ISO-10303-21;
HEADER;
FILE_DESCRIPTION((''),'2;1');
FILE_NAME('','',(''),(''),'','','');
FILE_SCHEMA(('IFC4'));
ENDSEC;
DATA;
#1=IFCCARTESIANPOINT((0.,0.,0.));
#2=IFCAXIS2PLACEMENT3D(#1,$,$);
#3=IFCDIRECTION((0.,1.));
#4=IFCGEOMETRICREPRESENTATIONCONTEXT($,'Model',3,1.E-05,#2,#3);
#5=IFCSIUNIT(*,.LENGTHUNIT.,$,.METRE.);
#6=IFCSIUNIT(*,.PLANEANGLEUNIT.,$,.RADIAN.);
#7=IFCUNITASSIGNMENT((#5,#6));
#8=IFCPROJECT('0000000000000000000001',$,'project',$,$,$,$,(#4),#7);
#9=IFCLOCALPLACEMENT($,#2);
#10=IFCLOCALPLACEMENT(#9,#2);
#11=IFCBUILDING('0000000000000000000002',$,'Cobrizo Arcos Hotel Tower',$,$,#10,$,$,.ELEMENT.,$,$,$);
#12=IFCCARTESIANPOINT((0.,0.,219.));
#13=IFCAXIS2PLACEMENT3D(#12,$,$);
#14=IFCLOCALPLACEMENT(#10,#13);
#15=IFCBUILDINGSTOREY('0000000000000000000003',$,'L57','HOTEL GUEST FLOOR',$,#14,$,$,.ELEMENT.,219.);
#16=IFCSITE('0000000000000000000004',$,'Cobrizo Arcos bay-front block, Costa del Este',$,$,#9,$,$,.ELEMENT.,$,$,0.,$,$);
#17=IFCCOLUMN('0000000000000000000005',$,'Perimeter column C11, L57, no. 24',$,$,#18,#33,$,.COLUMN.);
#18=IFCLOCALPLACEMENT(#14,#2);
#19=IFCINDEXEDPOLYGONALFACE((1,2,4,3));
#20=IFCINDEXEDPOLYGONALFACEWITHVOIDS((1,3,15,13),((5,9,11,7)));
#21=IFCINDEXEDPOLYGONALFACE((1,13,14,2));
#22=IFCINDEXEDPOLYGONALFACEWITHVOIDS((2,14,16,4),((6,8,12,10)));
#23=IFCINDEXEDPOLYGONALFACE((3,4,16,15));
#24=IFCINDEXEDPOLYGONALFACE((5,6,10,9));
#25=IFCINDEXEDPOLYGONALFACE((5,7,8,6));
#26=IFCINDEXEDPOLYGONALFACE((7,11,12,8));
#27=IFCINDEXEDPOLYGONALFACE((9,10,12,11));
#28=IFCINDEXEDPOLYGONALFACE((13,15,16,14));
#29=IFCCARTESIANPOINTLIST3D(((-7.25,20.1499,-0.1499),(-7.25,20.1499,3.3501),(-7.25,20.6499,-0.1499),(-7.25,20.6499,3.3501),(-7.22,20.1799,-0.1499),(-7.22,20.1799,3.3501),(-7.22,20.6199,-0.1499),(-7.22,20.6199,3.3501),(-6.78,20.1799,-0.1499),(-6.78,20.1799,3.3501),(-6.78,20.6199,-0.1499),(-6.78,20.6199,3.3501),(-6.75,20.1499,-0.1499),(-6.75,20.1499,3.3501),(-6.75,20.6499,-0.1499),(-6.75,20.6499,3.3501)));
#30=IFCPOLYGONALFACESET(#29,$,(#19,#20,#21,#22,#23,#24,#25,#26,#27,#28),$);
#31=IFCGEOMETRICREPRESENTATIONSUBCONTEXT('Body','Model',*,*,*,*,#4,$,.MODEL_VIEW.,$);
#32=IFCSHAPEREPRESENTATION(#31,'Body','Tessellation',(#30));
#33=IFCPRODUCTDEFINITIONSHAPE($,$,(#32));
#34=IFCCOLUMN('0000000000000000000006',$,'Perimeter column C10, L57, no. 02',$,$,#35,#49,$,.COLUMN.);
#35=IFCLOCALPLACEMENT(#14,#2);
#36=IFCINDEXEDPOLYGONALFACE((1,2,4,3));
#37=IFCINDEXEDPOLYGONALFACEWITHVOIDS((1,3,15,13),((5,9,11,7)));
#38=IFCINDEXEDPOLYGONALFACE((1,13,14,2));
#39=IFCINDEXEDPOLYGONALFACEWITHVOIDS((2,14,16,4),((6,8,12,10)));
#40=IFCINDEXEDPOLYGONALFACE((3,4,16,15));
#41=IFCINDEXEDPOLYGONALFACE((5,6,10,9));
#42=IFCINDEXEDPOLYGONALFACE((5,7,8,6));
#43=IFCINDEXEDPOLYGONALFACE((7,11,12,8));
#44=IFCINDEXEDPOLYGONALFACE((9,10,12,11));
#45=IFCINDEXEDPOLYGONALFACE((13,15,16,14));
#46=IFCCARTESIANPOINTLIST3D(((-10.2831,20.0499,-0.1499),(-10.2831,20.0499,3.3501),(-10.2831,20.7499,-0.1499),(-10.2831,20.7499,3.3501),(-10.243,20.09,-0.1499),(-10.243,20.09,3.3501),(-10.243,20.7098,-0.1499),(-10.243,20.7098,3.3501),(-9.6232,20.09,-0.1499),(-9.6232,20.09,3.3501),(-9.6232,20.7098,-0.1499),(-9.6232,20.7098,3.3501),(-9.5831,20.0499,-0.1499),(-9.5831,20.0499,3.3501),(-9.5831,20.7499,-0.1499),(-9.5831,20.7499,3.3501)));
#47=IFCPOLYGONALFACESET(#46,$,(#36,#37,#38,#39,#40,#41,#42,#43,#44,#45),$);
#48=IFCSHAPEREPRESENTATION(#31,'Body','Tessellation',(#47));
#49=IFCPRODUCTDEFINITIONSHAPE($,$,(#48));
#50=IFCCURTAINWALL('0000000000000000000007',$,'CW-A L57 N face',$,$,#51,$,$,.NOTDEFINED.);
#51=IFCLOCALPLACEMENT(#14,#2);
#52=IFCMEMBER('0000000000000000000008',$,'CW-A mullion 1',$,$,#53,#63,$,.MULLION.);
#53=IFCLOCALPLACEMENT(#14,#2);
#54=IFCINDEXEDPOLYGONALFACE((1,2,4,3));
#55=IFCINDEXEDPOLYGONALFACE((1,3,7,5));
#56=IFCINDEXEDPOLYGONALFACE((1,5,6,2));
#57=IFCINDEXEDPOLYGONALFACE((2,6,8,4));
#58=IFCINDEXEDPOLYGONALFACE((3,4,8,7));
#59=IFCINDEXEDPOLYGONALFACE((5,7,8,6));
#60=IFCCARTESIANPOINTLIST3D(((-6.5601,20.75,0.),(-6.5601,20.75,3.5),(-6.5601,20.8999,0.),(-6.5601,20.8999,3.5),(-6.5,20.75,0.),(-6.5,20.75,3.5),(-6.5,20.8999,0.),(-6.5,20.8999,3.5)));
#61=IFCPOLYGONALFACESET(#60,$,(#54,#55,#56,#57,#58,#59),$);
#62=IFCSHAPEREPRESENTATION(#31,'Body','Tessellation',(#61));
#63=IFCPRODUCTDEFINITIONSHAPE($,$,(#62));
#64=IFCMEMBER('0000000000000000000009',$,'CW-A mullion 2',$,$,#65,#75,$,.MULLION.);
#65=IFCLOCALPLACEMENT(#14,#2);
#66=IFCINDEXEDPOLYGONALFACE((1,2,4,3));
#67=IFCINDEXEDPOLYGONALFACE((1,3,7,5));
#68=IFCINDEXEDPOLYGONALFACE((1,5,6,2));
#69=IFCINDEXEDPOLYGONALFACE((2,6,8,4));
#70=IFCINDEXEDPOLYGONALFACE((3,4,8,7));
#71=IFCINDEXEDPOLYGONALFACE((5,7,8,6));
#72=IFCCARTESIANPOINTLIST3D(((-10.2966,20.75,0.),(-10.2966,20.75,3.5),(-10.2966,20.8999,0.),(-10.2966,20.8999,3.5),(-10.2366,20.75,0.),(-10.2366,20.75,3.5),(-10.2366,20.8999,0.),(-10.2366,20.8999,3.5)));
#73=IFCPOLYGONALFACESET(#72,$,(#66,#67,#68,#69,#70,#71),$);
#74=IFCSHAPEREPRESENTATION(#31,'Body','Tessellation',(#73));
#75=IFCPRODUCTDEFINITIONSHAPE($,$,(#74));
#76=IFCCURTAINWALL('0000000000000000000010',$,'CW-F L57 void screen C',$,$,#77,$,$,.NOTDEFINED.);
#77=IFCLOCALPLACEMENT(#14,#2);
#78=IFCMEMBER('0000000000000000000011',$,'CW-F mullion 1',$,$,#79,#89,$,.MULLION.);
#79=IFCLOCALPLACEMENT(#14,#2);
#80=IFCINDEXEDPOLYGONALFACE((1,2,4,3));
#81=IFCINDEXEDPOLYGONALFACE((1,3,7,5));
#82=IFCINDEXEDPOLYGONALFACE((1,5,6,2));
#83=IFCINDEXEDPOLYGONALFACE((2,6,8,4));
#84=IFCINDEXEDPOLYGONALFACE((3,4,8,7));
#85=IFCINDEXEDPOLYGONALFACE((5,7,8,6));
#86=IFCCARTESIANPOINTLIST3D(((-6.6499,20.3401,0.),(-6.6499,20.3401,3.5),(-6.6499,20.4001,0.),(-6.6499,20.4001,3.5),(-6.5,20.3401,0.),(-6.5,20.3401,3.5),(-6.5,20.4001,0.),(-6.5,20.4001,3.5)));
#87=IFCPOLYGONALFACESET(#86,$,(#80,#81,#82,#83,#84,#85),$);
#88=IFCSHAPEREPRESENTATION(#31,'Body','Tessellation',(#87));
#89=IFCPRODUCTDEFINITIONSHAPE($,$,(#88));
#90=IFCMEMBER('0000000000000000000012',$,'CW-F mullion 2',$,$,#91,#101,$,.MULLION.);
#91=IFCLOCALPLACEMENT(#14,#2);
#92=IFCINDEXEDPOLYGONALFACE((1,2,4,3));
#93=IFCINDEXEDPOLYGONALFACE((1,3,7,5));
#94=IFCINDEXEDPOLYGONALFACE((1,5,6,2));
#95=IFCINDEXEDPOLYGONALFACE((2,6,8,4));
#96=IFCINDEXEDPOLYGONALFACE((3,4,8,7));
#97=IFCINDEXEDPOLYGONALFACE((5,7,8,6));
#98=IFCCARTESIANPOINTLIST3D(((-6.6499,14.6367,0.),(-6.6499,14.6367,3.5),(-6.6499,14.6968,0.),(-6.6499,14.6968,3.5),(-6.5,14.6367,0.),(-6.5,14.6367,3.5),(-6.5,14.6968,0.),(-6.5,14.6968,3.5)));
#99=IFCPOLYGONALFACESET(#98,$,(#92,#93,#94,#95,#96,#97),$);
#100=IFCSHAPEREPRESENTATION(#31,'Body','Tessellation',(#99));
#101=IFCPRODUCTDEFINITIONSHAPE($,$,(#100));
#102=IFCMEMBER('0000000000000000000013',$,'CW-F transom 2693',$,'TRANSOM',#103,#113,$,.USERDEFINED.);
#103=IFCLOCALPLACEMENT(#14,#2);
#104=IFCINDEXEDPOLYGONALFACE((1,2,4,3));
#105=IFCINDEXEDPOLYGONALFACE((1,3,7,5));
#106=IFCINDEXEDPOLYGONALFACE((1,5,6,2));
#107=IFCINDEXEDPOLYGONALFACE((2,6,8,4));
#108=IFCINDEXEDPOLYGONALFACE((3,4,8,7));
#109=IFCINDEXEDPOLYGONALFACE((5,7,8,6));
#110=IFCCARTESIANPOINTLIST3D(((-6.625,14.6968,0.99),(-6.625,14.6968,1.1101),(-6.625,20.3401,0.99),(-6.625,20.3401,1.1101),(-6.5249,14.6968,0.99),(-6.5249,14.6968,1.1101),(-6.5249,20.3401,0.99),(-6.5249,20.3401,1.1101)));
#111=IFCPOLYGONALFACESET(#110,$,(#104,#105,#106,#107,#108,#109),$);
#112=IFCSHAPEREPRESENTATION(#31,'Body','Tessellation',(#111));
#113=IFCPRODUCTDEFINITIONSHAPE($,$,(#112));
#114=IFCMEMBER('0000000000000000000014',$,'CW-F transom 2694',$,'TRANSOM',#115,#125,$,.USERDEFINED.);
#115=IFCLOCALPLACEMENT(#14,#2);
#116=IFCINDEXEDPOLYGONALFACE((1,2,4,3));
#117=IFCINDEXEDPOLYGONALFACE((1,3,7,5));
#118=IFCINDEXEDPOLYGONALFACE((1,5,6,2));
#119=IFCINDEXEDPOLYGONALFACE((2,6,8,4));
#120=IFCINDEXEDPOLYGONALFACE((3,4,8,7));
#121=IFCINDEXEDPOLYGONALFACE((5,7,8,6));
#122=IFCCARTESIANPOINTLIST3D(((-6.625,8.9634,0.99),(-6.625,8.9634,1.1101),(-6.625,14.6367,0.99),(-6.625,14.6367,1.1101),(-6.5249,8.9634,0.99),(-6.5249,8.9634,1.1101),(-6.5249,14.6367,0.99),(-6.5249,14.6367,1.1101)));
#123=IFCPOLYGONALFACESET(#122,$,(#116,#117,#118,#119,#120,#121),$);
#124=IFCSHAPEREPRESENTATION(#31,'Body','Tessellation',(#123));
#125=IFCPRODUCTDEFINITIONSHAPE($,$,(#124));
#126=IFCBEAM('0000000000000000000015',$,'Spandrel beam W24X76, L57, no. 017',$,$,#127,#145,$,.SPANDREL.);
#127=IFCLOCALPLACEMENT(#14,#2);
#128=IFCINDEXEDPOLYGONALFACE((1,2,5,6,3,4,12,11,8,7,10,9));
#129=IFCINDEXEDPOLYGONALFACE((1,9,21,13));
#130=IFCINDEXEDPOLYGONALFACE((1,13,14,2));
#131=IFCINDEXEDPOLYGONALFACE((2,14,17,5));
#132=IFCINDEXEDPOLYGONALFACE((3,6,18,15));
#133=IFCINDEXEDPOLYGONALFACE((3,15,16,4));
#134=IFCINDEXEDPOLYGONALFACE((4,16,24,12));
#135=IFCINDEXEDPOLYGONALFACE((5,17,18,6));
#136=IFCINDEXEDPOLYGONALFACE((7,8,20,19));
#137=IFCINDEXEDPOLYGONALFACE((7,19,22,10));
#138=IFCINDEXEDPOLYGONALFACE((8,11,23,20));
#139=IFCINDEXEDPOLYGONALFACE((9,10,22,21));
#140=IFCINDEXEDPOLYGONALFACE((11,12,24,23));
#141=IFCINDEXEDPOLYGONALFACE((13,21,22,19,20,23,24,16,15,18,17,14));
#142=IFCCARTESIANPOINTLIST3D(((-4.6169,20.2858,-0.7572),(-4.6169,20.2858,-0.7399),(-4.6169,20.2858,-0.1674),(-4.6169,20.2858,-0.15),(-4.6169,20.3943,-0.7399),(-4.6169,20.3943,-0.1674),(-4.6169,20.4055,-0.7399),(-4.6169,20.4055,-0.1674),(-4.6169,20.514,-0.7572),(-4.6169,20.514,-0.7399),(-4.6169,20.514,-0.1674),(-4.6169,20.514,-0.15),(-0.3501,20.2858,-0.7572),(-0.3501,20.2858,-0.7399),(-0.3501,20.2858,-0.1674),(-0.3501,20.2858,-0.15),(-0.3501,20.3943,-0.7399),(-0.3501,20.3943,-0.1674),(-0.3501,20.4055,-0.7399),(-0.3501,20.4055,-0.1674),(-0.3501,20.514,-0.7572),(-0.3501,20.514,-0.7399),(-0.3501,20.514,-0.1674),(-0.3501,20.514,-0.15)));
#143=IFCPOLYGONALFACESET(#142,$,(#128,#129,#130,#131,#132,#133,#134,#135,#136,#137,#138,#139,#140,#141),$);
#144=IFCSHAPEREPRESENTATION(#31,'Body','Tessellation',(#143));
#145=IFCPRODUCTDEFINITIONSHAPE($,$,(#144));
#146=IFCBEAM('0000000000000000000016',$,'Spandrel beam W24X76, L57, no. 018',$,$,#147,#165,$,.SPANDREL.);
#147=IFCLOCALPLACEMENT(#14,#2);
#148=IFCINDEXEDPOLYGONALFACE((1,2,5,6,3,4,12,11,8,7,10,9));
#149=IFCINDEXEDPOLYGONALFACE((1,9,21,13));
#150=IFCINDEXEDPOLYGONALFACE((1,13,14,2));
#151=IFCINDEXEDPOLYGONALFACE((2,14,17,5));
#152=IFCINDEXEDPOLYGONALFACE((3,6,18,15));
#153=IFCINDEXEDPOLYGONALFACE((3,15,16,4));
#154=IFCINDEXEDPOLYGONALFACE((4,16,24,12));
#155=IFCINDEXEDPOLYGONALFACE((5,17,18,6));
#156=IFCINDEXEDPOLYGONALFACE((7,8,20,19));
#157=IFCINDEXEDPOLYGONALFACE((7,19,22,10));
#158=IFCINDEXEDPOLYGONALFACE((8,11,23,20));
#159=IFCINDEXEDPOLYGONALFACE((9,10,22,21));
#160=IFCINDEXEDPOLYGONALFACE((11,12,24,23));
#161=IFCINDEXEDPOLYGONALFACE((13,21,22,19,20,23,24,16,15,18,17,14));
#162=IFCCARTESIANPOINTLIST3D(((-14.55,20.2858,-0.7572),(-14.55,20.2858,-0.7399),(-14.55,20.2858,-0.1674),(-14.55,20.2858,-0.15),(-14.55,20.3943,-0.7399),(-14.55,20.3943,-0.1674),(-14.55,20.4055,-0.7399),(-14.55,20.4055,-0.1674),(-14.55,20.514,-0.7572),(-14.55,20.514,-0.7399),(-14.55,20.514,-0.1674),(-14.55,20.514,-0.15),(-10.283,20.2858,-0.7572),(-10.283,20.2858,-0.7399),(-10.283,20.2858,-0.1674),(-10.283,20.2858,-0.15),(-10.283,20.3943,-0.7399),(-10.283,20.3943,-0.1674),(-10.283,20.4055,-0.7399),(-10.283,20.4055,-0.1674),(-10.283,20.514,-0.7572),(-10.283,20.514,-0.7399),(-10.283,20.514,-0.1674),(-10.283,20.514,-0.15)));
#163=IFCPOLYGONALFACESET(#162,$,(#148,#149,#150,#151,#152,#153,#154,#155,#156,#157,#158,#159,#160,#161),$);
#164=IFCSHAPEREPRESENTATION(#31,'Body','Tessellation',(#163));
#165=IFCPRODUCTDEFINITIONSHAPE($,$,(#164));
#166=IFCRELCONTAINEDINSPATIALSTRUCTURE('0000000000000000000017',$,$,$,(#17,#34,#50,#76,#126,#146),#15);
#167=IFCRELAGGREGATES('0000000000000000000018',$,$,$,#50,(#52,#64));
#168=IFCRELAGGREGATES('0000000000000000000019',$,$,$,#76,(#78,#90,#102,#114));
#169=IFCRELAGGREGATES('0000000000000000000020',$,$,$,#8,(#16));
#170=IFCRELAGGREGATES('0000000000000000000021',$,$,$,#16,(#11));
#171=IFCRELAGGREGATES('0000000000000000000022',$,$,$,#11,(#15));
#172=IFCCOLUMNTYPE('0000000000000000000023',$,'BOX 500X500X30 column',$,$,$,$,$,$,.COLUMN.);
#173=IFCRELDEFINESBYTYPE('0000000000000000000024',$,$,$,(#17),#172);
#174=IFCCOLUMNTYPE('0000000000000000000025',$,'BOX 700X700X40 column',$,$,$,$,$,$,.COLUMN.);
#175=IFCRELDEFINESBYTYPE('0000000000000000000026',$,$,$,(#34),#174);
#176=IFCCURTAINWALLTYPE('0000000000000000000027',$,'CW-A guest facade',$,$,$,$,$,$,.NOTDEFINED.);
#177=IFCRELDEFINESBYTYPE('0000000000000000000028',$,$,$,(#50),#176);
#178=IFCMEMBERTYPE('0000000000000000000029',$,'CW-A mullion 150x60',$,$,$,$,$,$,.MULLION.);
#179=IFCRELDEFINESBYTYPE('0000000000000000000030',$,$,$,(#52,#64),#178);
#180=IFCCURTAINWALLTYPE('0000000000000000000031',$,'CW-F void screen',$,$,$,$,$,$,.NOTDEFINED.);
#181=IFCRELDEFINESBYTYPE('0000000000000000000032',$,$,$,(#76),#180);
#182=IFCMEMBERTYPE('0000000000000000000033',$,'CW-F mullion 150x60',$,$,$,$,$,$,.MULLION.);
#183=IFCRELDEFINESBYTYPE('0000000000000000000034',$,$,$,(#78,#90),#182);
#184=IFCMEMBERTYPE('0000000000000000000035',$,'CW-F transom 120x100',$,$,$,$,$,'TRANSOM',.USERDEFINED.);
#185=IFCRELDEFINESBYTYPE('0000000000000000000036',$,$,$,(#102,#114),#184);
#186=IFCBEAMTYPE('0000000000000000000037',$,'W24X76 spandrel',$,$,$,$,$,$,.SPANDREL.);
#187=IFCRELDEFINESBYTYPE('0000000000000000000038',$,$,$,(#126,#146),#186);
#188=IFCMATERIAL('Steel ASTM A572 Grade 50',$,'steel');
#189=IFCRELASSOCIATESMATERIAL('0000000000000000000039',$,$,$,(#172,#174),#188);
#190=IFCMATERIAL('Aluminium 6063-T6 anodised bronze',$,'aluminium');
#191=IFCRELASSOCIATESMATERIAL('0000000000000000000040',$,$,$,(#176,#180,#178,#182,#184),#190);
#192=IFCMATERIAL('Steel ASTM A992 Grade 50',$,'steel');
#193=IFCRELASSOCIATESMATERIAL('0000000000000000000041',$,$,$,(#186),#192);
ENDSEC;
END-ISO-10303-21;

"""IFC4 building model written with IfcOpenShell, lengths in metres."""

from ifc_helpers import new_model, si_unit, direction, frame, origin, origin_2d, place, context, subcontext, project, spatial, rectangle, hollow_rectangle, i_section, extrude, material, material_profile, profile_set, type_object, element, aggregate, save


model = new_model("IFC4")

# Units and contexts
model_context = context("Model", 3, precision=1e-05, world=origin(), true_north=direction((0.0, 1.0)))
body_context = subcontext(model_context, "Body", "Model", "MODEL_VIEW")
ifc_project = project(units=[si_unit("LENGTHUNIT", "METRE"), si_unit("PLANEANGLEUNIT", "RADIAN")], contexts=[model_context])

# Site, building, storey
site_placement = place(None, origin())
site = spatial("IfcSite", under=ifc_project, at=site_placement, Name="Cobrizo Arcos bay-front block, Costa del Este", CompositionType="ELEMENT", RefElevation=0.0)
building_placement = place(site_placement, origin())
building = spatial("IfcBuilding", under=site, at=building_placement, Name="Cobrizo Arcos Hotel Tower", CompositionType="ELEMENT")
storey_placement = place(building_placement, frame((0.0, 0.0, 219.0)))
storey = spatial("IfcBuildingStorey", under=building, at=storey_placement, Name="L57", Description="HOTEL GUEST FLOOR", CompositionType="ELEMENT", Elevation=219.0)

# Columns
ifc_material_1 = material(Name="Steel ASTM A572 Grade 50", Category="steel")
ifc_material_profile_1 = material_profile(ifc_material_1, hollow_rectangle(XDim=0.5, YDim=0.5, WallThickness=0.03, at=origin_2d()), Name="BOX 500X500X30")
ifc_profile_set_1 = profile_set([ifc_material_profile_1], Name="Steel ASTM A572 Grade 50")
column_type_1 = type_object("IfcColumnType", Name="BOX 500X500X30 column", PredefinedType="COLUMN", material=ifc_profile_set_1)
column_1_placement = place(storey_placement, frame((-7.0, 20.3999, -0.1499), z_axis=(0.0, 0.0, 1.0), x_axis=(1.0, 0.0, 0.0)))
element("IfcColumn", 1, at=column_1_placement, inside=storey, type_object=column_type_1, Name="Perimeter column C11, L57, no. 24", PredefinedType="COLUMN", context=body_context, shape_type="SweptSolid", body=[
    extrude(hollow_rectangle(XDim=0.5, YDim=0.5, WallThickness=0.03, at=origin_2d()), origin(), (0.0, 0.0, 1.0), 3.5),
])
ifc_material_profile_2 = material_profile(ifc_material_1, hollow_rectangle(XDim=0.7, YDim=0.7, WallThickness=0.04, at=origin_2d()), Name="BOX 700X700X40")
ifc_profile_set_2 = profile_set([ifc_material_profile_2], Name="Steel ASTM A572 Grade 50")
column_type_2 = type_object("IfcColumnType", Name="BOX 700X700X40 column", PredefinedType="COLUMN", material=ifc_profile_set_2)
column_2_placement = place(storey_placement, frame((-9.9331, 20.3999, -0.1499), z_axis=(0.0, 0.0, 1.0), x_axis=(1.0, 0.0, 0.0)))
element("IfcColumn", 2, at=column_2_placement, inside=storey, type_object=column_type_2, Name="Perimeter column C10, L57, no. 02", PredefinedType="COLUMN", context=body_context, shape_type="SweptSolid", body=[
    extrude(hollow_rectangle(XDim=0.7, YDim=0.7, WallThickness=0.04, at=origin_2d()), origin(), (0.0, 0.0, 1.0), 3.5),
])

# Curtain walls, members
ifc_material_2 = material(Name="Aluminium 6063-T6 anodised bronze", Category="aluminium")
curtain_wall_type_1 = type_object("IfcCurtainWallType", Name="CW-A guest facade", PredefinedType="NOTDEFINED", material=ifc_material_2)
curtain_wall_1_placement = place(storey_placement, origin())
curtain_wall_1 = element("IfcCurtainWall", 3, at=curtain_wall_1_placement, inside=storey, type_object=curtain_wall_type_1, Name="CW-A L57 N face", PredefinedType="NOTDEFINED")
ifc_material_profile_3 = material_profile(ifc_material_2, rectangle(XDim=0.1499, YDim=0.0601, at=origin_2d()), Name="CW-A mullion 150x60")
ifc_profile_set_3 = profile_set([ifc_material_profile_3], Name="Aluminium 6063-T6 anodised bronze")
member_type_1 = type_object("IfcMemberType", Name="CW-A mullion 150x60", PredefinedType="MULLION", material=ifc_profile_set_3)
member_1_placement = place(storey_placement, frame((-6.53, 20.825, 0.0), z_axis=(0.0, 0.0, 1.0), x_axis=(0.0, 1.0, 0.0)))
member_1 = element("IfcMember", 4, at=member_1_placement, type_object=member_type_1, Name="CW-A mullion 1", PredefinedType="MULLION", context=body_context, shape_type="SweptSolid", body=[
    extrude(rectangle(XDim=0.1499, YDim=0.0601, at=origin_2d()), origin(), (0.0, 0.0, 1.0), 3.5),
])
member_2_placement = place(storey_placement, frame((-10.2666, 20.825, 0.0), z_axis=(0.0, 0.0, 1.0), x_axis=(0.0, 1.0, 0.0)))
member_2 = element("IfcMember", 5, at=member_2_placement, type_object=member_type_1, Name="CW-A mullion 2", PredefinedType="MULLION", context=body_context, shape_type="SweptSolid", body=[
    extrude(rectangle(XDim=0.1499, YDim=0.0601, at=origin_2d()), origin(), (0.0, 0.0, 1.0), 3.5),
])
curtain_wall_type_2 = type_object("IfcCurtainWallType", Name="CW-F void screen", PredefinedType="NOTDEFINED", material=ifc_material_2)
curtain_wall_2_placement = place(storey_placement, origin())
curtain_wall_2 = element("IfcCurtainWall", 6, at=curtain_wall_2_placement, inside=storey, type_object=curtain_wall_type_2, Name="CW-F L57 void screen C", PredefinedType="NOTDEFINED")
ifc_material_profile_4 = material_profile(ifc_material_2, rectangle(XDim=0.1499, YDim=0.0601, at=origin_2d()), Name="CW-F mullion 150x60")
ifc_profile_set_4 = profile_set([ifc_material_profile_4], Name="Aluminium 6063-T6 anodised bronze")
member_type_2 = type_object("IfcMemberType", Name="CW-F mullion 150x60", PredefinedType="MULLION", material=ifc_profile_set_4)
member_3_placement = place(storey_placement, frame((-6.575, 20.3701, 0.0), z_axis=(0.0, 0.0, 1.0), x_axis=(-1.0, 0.0, 0.0)))
member_3 = element("IfcMember", 7, at=member_3_placement, type_object=member_type_2, Name="CW-F mullion 1", PredefinedType="MULLION", context=body_context, shape_type="SweptSolid", body=[
    extrude(rectangle(XDim=0.1499, YDim=0.0601, at=origin_2d()), origin(), (0.0, 0.0, 1.0), 3.5),
])
member_4_placement = place(storey_placement, frame((-6.575, 14.6667, 0.0), z_axis=(0.0, 0.0, 1.0), x_axis=(-1.0, 0.0, 0.0)))
member_4 = element("IfcMember", 8, at=member_4_placement, type_object=member_type_2, Name="CW-F mullion 2", PredefinedType="MULLION", context=body_context, shape_type="SweptSolid", body=[
    extrude(rectangle(XDim=0.1499, YDim=0.0601, at=origin_2d()), origin(), (0.0, 0.0, 1.0), 3.5),
])
ifc_material_profile_5 = material_profile(ifc_material_2, rectangle(XDim=0.1001, YDim=0.1201, at=origin_2d()), Name="CW-F transom 120x100")
ifc_profile_set_5 = profile_set([ifc_material_profile_5], Name="Aluminium 6063-T6 anodised bronze")
member_type_3 = type_object("IfcMemberType", Name="CW-F transom 120x100", ElementType="TRANSOM", PredefinedType="USERDEFINED", material=ifc_profile_set_5)
member_5_placement = place(storey_placement, frame((-6.575, 20.3401, 1.05), z_axis=(0.0, -1.0, 0.0), x_axis=(1.0, 0.0, 0.0)))
member_5 = element("IfcMember", 9, at=member_5_placement, type_object=member_type_3, Name="CW-F transom 2693", ObjectType="TRANSOM", PredefinedType="USERDEFINED", context=body_context, shape_type="SweptSolid", body=[
    extrude(rectangle(XDim=0.1001, YDim=0.1201, at=origin_2d()), origin(), (0.0, 0.0, 1.0), 5.6433),
])
member_6_placement = place(storey_placement, frame((-6.575, 14.6367, 1.05), z_axis=(0.0, -1.0, 0.0), x_axis=(1.0, 0.0, 0.0)))
member_6 = element("IfcMember", 10, at=member_6_placement, type_object=member_type_3, Name="CW-F transom 2694", ObjectType="TRANSOM", PredefinedType="USERDEFINED", context=body_context, shape_type="SweptSolid", body=[
    extrude(rectangle(XDim=0.1001, YDim=0.1201, at=origin_2d()), origin(), (0.0, 0.0, 1.0), 5.6733),
])

# Beams
ifc_material_3 = material(Name="Steel ASTM A992 Grade 50", Category="steel")
ifc_material_profile_6 = material_profile(ifc_material_3, i_section(OverallWidth=0.2283, OverallDepth=0.6072, WebThickness=0.0112, FlangeThickness=0.0173, at=origin_2d()), Name="W24X76")
ifc_profile_set_6 = profile_set([ifc_material_profile_6], Name="Steel ASTM A992 Grade 50")
beam_type_1 = type_object("IfcBeamType", Name="W24X76 spandrel", PredefinedType="SPANDREL", material=ifc_profile_set_6)
beam_1_placement = place(storey_placement, frame((-0.3501, 20.3999, -0.4536), z_axis=(-1.0, 0.0, 0.0), x_axis=(0.0, -1.0, 0.0)))
element("IfcBeam", 11, at=beam_1_placement, inside=storey, type_object=beam_type_1, Name="Spandrel beam W24X76, L57, no. 017", PredefinedType="SPANDREL", context=body_context, shape_type="SweptSolid", body=[
    extrude(i_section(OverallWidth=0.2283, OverallDepth=0.6072, WebThickness=0.0112, FlangeThickness=0.0173, at=origin_2d()), origin(), (0.0, 0.0, 1.0), 4.2668),
])
beam_2_placement = place(storey_placement, frame((-10.283, 20.3999, -0.4536), z_axis=(-1.0, 0.0, 0.0), x_axis=(0.0, -1.0, 0.0)))
element("IfcBeam", 12, at=beam_2_placement, inside=storey, type_object=beam_type_1, Name="Spandrel beam W24X76, L57, no. 018", PredefinedType="SPANDREL", context=body_context, shape_type="SweptSolid", body=[
    extrude(i_section(OverallWidth=0.2283, OverallDepth=0.6072, WebThickness=0.0112, FlangeThickness=0.0173, at=origin_2d()), origin(), (0.0, 0.0, 1.0), 4.2671),
])

aggregate(curtain_wall_1, [member_1, member_2])
aggregate(curtain_wall_2, [member_3, member_4, member_5, member_6])

save(model, "model.ifc")
